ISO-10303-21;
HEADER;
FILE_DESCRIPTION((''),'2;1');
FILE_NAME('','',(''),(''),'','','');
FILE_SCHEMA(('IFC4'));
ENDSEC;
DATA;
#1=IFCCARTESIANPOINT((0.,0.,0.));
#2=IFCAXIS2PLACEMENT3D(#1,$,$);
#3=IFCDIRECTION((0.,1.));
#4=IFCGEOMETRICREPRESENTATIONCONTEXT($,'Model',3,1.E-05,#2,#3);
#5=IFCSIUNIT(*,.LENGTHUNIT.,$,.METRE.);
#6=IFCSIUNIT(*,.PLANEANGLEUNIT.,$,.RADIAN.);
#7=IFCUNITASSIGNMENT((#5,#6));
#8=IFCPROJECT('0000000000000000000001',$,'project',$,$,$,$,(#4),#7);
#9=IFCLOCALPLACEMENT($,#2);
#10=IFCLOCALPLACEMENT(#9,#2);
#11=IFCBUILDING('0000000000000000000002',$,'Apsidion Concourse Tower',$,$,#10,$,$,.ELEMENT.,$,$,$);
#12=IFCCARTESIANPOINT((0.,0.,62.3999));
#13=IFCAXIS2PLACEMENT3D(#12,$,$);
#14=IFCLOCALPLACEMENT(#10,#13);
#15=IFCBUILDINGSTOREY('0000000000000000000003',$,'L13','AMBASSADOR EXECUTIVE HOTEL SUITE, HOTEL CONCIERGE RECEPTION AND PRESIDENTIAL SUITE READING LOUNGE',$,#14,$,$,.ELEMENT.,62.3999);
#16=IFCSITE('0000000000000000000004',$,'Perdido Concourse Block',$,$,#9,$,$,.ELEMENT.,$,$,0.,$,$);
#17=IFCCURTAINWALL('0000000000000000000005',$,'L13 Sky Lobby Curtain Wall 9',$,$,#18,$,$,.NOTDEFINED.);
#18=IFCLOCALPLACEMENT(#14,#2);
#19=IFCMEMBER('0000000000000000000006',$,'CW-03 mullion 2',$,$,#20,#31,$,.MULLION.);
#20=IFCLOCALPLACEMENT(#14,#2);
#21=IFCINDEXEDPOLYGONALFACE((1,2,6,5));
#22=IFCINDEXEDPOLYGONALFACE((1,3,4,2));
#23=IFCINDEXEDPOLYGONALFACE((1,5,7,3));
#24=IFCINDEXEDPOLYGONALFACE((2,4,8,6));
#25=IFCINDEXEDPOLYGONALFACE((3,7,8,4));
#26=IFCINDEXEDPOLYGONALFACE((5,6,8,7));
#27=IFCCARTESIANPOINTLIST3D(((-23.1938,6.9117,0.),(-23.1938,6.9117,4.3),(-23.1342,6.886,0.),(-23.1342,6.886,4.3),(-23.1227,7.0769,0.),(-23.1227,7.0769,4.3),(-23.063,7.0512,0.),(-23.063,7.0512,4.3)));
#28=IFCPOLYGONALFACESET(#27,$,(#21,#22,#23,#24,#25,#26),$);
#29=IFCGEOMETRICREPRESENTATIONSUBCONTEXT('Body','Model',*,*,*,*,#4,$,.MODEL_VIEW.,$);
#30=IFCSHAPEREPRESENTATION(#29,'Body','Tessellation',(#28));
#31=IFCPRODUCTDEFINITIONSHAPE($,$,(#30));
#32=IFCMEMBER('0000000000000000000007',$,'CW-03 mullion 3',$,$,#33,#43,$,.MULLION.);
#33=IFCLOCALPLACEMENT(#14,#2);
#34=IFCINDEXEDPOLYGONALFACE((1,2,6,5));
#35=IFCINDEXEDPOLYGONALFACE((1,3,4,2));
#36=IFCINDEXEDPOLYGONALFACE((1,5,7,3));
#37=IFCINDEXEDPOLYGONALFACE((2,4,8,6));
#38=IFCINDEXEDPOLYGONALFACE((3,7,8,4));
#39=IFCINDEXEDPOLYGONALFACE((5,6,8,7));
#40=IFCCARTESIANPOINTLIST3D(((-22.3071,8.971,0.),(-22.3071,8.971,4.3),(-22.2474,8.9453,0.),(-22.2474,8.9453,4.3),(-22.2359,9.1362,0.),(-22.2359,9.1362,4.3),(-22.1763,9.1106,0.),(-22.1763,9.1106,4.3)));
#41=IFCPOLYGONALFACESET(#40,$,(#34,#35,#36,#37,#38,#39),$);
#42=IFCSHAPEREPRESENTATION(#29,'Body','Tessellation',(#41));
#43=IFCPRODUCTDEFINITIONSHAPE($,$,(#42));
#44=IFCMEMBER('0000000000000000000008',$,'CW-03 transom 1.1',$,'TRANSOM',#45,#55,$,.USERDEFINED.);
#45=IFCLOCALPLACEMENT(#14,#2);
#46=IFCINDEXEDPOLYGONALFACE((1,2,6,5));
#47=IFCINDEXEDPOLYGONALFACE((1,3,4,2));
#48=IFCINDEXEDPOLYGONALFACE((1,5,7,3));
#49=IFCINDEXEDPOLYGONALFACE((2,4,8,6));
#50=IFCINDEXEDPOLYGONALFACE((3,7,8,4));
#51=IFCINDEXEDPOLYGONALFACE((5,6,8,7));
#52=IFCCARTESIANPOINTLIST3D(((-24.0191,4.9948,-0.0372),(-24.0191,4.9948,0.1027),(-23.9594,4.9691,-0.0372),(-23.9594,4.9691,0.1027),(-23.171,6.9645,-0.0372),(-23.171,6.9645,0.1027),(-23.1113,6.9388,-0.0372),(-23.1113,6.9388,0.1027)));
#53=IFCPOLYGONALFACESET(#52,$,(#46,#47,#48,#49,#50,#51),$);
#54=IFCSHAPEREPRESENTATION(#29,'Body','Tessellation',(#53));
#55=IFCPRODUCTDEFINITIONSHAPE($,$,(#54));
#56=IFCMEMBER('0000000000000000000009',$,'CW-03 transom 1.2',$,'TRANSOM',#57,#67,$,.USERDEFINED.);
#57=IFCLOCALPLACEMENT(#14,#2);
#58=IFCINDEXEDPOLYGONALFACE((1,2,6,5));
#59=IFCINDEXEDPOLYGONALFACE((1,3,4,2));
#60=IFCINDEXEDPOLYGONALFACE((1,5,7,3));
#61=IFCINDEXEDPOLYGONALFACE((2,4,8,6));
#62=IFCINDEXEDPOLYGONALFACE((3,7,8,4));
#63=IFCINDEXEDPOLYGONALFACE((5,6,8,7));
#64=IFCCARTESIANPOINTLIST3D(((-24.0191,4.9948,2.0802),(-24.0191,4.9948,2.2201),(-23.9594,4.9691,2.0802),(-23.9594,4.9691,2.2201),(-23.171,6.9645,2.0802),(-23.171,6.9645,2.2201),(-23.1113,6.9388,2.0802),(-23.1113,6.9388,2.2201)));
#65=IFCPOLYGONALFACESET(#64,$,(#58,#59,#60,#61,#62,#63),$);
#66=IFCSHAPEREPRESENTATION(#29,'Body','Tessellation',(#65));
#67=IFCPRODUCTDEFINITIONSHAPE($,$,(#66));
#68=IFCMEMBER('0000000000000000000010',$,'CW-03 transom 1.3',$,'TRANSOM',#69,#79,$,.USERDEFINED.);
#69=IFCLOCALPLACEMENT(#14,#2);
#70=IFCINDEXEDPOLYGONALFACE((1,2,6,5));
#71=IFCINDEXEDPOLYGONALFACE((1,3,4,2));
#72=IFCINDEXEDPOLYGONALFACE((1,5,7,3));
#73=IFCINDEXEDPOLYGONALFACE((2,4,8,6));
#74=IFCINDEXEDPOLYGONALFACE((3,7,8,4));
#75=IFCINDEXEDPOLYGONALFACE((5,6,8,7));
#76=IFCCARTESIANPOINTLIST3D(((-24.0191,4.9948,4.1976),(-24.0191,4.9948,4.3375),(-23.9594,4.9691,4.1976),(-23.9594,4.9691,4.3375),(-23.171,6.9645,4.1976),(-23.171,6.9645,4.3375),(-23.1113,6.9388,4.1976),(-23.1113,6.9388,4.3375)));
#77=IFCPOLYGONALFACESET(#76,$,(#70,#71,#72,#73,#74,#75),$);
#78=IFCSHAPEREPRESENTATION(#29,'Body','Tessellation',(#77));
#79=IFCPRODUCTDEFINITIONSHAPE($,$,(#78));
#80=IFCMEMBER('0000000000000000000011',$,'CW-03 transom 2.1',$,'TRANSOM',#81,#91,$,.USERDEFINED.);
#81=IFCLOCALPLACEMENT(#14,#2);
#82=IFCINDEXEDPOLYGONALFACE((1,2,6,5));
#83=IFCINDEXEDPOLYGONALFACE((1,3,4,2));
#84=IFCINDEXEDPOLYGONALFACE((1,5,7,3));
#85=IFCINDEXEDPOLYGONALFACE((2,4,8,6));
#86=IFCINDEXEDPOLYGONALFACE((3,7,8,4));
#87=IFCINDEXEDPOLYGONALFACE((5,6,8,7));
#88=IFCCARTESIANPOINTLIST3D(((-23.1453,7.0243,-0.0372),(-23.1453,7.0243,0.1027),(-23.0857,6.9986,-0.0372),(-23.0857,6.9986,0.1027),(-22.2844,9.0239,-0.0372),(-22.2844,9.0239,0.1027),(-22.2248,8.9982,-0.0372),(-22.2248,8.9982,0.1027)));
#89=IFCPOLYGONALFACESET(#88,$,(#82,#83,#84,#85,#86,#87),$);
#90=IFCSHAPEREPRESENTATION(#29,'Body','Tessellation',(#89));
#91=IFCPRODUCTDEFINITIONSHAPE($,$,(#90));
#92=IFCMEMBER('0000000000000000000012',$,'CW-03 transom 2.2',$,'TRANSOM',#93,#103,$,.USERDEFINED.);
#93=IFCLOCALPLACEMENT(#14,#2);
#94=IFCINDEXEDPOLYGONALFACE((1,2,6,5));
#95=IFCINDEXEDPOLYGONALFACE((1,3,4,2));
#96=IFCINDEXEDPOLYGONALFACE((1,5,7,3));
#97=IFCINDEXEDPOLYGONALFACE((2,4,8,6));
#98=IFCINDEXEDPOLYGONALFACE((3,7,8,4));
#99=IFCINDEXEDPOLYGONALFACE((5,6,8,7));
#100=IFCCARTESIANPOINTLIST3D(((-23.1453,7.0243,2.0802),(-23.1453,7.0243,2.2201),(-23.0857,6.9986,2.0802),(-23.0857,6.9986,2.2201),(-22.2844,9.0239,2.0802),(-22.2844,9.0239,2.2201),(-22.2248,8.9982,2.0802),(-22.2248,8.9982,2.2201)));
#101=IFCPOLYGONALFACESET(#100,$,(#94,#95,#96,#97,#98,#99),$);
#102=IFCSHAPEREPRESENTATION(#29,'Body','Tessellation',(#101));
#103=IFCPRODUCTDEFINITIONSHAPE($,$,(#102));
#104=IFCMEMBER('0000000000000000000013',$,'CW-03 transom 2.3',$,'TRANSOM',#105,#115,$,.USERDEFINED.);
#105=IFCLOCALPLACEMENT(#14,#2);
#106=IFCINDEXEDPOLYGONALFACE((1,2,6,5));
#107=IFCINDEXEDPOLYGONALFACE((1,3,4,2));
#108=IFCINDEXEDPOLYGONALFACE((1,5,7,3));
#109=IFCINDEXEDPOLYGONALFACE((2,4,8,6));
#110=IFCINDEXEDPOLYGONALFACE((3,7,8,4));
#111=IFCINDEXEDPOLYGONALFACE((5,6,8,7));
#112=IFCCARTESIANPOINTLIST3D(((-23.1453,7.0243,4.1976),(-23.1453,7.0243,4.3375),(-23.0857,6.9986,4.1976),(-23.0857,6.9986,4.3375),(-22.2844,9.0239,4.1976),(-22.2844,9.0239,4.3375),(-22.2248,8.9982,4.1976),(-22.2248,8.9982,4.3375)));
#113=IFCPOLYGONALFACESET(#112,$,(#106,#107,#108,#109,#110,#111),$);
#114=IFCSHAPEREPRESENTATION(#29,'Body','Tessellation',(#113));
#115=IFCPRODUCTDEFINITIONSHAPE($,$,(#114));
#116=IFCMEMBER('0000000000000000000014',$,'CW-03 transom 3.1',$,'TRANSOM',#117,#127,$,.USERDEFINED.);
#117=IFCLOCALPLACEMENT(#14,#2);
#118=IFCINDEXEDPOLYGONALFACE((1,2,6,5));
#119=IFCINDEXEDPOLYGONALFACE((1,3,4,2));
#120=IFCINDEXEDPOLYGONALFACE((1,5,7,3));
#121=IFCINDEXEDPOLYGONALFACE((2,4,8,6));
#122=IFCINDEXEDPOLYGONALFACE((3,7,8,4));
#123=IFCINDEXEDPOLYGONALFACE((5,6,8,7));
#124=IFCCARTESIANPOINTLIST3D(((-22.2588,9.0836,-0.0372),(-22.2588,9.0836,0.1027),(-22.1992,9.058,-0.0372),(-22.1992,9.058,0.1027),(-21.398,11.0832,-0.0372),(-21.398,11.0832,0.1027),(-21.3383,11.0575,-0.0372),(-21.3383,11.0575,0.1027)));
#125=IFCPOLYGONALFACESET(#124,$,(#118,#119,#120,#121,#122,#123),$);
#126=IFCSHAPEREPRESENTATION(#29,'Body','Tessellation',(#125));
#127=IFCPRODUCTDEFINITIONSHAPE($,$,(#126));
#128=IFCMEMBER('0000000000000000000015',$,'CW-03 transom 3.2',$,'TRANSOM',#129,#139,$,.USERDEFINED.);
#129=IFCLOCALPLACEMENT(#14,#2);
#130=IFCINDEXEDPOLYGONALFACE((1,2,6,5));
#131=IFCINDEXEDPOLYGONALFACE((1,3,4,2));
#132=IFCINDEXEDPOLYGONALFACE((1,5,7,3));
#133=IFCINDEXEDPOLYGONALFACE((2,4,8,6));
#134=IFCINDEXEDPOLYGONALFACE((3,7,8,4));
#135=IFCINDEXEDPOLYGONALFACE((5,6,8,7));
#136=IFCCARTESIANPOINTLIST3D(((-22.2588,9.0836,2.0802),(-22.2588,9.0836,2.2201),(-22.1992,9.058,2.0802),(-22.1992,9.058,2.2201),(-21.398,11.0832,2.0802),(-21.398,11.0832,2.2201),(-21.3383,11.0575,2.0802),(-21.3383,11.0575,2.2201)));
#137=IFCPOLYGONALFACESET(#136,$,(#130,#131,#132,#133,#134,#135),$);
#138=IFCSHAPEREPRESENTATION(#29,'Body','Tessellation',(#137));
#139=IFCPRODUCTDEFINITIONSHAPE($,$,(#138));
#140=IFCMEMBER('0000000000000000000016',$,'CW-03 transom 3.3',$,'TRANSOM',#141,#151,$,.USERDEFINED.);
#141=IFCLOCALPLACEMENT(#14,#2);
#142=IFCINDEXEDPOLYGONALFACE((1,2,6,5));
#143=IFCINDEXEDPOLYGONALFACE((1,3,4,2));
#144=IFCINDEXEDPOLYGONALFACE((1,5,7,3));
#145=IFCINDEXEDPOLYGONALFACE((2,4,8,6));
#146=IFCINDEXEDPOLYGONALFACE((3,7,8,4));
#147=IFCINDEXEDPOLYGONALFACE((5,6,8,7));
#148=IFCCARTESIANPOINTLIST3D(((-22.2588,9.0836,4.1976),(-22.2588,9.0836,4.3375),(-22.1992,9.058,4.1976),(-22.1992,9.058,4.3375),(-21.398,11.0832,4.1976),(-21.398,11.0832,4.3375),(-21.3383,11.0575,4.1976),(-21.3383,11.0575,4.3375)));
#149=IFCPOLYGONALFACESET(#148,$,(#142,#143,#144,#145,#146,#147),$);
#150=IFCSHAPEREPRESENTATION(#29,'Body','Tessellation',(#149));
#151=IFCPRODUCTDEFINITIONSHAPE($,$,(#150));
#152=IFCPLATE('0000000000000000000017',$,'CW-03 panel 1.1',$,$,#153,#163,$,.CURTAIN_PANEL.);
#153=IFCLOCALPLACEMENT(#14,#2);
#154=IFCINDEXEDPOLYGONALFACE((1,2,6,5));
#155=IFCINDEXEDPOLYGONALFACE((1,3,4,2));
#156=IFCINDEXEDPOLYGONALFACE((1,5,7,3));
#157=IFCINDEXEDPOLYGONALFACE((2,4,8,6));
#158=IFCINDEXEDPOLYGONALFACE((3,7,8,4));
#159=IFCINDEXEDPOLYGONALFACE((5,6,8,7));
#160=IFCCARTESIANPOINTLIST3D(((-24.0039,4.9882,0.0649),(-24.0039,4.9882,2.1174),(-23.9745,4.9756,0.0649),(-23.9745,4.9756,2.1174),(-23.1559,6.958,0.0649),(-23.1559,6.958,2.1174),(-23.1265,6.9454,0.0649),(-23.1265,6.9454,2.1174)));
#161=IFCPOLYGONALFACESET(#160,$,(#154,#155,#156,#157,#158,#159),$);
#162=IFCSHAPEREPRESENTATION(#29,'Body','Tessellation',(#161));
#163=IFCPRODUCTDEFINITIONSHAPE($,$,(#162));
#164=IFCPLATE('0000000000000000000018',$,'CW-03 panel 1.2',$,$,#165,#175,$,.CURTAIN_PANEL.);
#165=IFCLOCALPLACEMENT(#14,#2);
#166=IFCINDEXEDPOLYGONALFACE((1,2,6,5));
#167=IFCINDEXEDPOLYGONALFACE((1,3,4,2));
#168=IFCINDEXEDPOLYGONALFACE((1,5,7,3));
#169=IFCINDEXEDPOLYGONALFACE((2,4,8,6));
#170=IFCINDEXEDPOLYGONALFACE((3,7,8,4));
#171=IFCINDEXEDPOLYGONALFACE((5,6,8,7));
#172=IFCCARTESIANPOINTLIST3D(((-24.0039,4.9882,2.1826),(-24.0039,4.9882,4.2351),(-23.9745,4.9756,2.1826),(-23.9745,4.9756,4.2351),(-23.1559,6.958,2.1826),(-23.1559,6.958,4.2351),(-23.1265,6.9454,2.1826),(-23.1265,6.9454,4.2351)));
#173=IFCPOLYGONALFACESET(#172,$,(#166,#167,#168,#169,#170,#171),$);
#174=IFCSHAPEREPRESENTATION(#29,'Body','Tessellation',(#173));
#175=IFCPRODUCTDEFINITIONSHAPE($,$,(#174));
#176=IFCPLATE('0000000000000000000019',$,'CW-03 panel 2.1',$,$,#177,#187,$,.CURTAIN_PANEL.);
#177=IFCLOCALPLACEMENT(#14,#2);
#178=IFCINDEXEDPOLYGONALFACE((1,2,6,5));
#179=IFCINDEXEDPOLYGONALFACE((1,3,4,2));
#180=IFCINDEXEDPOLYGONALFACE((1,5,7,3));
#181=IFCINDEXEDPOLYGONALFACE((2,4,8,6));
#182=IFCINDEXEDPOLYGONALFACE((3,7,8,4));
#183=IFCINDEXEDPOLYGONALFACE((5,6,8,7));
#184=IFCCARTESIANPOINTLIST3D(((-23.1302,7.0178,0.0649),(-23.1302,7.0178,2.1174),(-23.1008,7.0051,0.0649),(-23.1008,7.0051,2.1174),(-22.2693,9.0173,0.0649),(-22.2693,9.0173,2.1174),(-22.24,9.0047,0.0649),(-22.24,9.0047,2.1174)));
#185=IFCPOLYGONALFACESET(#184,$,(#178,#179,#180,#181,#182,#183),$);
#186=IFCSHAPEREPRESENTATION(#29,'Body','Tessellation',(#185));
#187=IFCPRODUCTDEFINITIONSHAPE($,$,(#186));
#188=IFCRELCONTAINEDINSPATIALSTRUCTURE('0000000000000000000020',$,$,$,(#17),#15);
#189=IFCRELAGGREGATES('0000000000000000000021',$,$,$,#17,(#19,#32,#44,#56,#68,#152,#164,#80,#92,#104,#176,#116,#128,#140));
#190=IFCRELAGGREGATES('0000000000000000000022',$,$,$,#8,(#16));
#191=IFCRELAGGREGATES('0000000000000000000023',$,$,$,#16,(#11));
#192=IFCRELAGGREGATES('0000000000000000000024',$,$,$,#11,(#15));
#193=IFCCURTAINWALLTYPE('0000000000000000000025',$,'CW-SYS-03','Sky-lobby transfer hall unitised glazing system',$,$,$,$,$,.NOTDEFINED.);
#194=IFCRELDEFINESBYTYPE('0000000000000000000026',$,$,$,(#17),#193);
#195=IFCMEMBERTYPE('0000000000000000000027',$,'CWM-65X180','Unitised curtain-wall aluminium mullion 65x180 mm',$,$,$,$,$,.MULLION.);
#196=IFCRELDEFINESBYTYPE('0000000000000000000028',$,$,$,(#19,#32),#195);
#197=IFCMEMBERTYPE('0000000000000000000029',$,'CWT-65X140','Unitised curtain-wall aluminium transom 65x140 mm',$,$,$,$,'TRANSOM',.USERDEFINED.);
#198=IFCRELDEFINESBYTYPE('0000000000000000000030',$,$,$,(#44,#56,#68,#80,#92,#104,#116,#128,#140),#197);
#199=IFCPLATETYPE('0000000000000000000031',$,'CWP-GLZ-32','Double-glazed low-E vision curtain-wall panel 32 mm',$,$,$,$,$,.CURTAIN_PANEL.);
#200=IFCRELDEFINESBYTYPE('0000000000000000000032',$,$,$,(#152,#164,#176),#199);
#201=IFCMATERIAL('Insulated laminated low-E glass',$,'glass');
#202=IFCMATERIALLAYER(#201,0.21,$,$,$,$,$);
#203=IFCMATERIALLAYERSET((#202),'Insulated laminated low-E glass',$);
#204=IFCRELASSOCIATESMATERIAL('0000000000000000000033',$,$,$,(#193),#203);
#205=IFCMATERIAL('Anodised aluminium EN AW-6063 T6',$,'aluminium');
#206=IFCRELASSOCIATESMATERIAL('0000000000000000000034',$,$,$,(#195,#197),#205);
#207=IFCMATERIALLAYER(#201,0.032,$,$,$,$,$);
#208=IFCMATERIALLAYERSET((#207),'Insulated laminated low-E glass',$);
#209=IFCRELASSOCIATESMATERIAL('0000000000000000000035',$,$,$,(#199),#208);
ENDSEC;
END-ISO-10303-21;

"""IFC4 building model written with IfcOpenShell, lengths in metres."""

from ifc_helpers import new_model, si_unit, direction, frame, origin, origin_2d, place, context, subcontext, project, spatial, rectangle, extrude, material, layer, layer_set, material_profile, profile_set, type_object, element, aggregate, save


model = new_model("IFC4")

# Units and contexts
model_context = context("Model", 3, precision=1e-05, world=origin(), true_north=direction((0.0, 1.0)))
body_context = subcontext(model_context, "Body", "Model", "MODEL_VIEW")
ifc_project = project(units=[si_unit("LENGTHUNIT", "METRE"), si_unit("PLANEANGLEUNIT", "RADIAN")], contexts=[model_context])

# Site, building, storey
site_placement = place(None, origin())
site = spatial("IfcSite", under=ifc_project, at=site_placement, Name="Perdido Concourse Block", CompositionType="ELEMENT", RefElevation=0.0)
building_placement = place(site_placement, origin())
building = spatial("IfcBuilding", under=site, at=building_placement, Name="Apsidion Concourse Tower", CompositionType="ELEMENT")
storey_placement = place(building_placement, frame((0.0, 0.0, 62.3999)))
storey = spatial("IfcBuildingStorey", under=building, at=storey_placement, Name="L13", Description="AMBASSADOR EXECUTIVE HOTEL SUITE, HOTEL CONCIERGE RECEPTION AND PRESIDENTIAL SUITE READING LOUNGE", CompositionType="ELEMENT", Elevation=62.3999)

# Curtain wall, members, plates
ifc_material_1 = material(Name="Insulated laminated low-E glass", Category="glass")
ifc_layer_1 = layer(ifc_material_1, 0.21)
ifc_layer_set_1 = layer_set([ifc_layer_1], Name="Insulated laminated low-E glass")
curtain_wall_type = type_object("IfcCurtainWallType", Name="CW-SYS-03", Description="Sky-lobby transfer hall unitised glazing system", PredefinedType="NOTDEFINED", material=ifc_layer_set_1)
curtain_wall_placement = place(storey_placement, origin())
curtain_wall = element("IfcCurtainWall", 1, at=curtain_wall_placement, inside=storey, type_object=curtain_wall_type, Name="L13 Sky Lobby Curtain Wall 9", PredefinedType="NOTDEFINED")
ifc_material_2 = material(Name="Anodised aluminium EN AW-6063 T6", Category="aluminium")
ifc_material_profile_1 = material_profile(ifc_material_2, rectangle(XDim=0.0649, YDim=0.1799, at=origin_2d()), Name="ALU MULLION 65x180")
ifc_profile_set_1 = profile_set([ifc_material_profile_1], Name="Anodised aluminium EN AW-6063 T6")
member_type_1 = type_object("IfcMemberType", Name="CWM-65X180", Description="Unitised curtain-wall aluminium mullion 65x180 mm", PredefinedType="MULLION", material=ifc_profile_set_1)
member_1_placement = place(storey_placement, frame((-23.1284, 6.9814, 0.0), z_axis=(0.0, 0.0, 1.0), x_axis=(-0.918501, 0.395419, 0.0)))
member_1 = element("IfcMember", 2, at=member_1_placement, type_object=member_type_1, Name="CW-03 mullion 2", PredefinedType="MULLION", context=body_context, shape_type="SweptSolid", body=[
    extrude(rectangle(XDim=0.0649, YDim=0.1799, at=origin_2d()), origin(), (0.0, 0.0, 1.0), 4.3),
])
member_2_placement = place(storey_placement, frame((-22.2417, 9.0408, 0.0), z_axis=(0.0, 0.0, 1.0), x_axis=(-0.918501, 0.395419, 0.0)))
member_2 = element("IfcMember", 3, at=member_2_placement, type_object=member_type_1, Name="CW-03 mullion 3", PredefinedType="MULLION", context=body_context, shape_type="SweptSolid", body=[
    extrude(rectangle(XDim=0.0649, YDim=0.1799, at=origin_2d()), origin(), (0.0, 0.0, 1.0), 4.3),
])
ifc_material_profile_2 = material_profile(ifc_material_2, rectangle(XDim=0.0649, YDim=0.1399, at=origin_2d()), Name="ALU TRANSOM 65x140")
ifc_profile_set_2 = profile_set([ifc_material_profile_2], Name="Anodised aluminium EN AW-6063 T6")
member_type_2 = type_object("IfcMemberType", Name="CWT-65X140", Description="Unitised curtain-wall aluminium transom 65x140 mm", ElementType="TRANSOM", PredefinedType="USERDEFINED", material=ifc_profile_set_2)
member_3_placement = place(storey_placement, frame((-23.9893, 4.9819, 0.0327), z_axis=(0.395485, 0.918472, 0.0), x_axis=(-0.918472, 0.395485, 0.0)))
member_3 = element("IfcMember", 4, at=member_3_placement, type_object=member_type_2, Name="CW-03 transom 1.1", ObjectType="TRANSOM", PredefinedType="USERDEFINED", context=body_context, shape_type="SweptSolid", body=[
    extrude(rectangle(XDim=0.0649, YDim=0.1399, at=origin_2d()), origin(), (0.0, 0.0, 1.0), 2.1445),
])
member_4_placement = place(storey_placement, frame((-23.9893, 4.9819, 2.1501), z_axis=(0.395485, 0.918472, 0.0), x_axis=(-0.918472, 0.395485, 0.0)))
member_4 = element("IfcMember", 5, at=member_4_placement, type_object=member_type_2, Name="CW-03 transom 1.2", ObjectType="TRANSOM", PredefinedType="USERDEFINED", context=body_context, shape_type="SweptSolid", body=[
    extrude(rectangle(XDim=0.0649, YDim=0.1399, at=origin_2d()), origin(), (0.0, 0.0, 1.0), 2.1445),
])
member_5_placement = place(storey_placement, frame((-23.9893, 4.9819, 4.2676), z_axis=(0.395485, 0.918472, 0.0), x_axis=(-0.918472, 0.395485, 0.0)))
member_5 = element("IfcMember", 6, at=member_5_placement, type_object=member_type_2, Name="CW-03 transom 1.3", ObjectType="TRANSOM", PredefinedType="USERDEFINED", context=body_context, shape_type="SweptSolid", body=[
    extrude(rectangle(XDim=0.0649, YDim=0.1399, at=origin_2d()), origin(), (0.0, 0.0, 1.0), 2.1445),
])
member_6_placement = place(storey_placement, frame((-23.1155, 7.0115, 0.0327), z_axis=(0.395435, 0.918494, 0.0), x_axis=(-0.918494, 0.395435, 0.0)))
member_6 = element("IfcMember", 7, at=member_6_placement, type_object=member_type_2, Name="CW-03 transom 2.1", ObjectType="TRANSOM", PredefinedType="USERDEFINED", context=body_context, shape_type="SweptSolid", body=[
    extrude(rectangle(XDim=0.0649, YDim=0.1399, at=origin_2d()), origin(), (0.0, 0.0, 1.0), 2.177),
])
member_7_placement = place(storey_placement, frame((-23.1155, 7.0115, 2.1501), z_axis=(0.395435, 0.918494, 0.0), x_axis=(-0.918494, 0.395435, 0.0)))
member_7 = element("IfcMember", 8, at=member_7_placement, type_object=member_type_2, Name="CW-03 transom 2.2", ObjectType="TRANSOM", PredefinedType="USERDEFINED", context=body_context, shape_type="SweptSolid", body=[
    extrude(rectangle(XDim=0.0649, YDim=0.1399, at=origin_2d()), origin(), (0.0, 0.0, 1.0), 2.177),
])
member_8_placement = place(storey_placement, frame((-23.1155, 7.0115, 4.2676), z_axis=(0.395435, 0.918494, 0.0), x_axis=(-0.918494, 0.395435, 0.0)))
member_8 = element("IfcMember", 9, at=member_8_placement, type_object=member_type_2, Name="CW-03 transom 2.3", ObjectType="TRANSOM", PredefinedType="USERDEFINED", context=body_context, shape_type="SweptSolid", body=[
    extrude(rectangle(XDim=0.0649, YDim=0.1399, at=origin_2d()), origin(), (0.0, 0.0, 1.0), 2.177),
])
member_9_placement = place(storey_placement, frame((-22.229, 9.0708, 0.0327), z_axis=(0.395435, 0.918494, 0.0), x_axis=(-0.918494, 0.395435, 0.0)))
member_9 = element("IfcMember", 10, at=member_9_placement, type_object=member_type_2, Name="CW-03 transom 3.1", ObjectType="TRANSOM", PredefinedType="USERDEFINED", context=body_context, shape_type="SweptSolid", body=[
    extrude(rectangle(XDim=0.0649, YDim=0.1399, at=origin_2d()), origin(), (0.0, 0.0, 1.0), 2.177),
])
member_10_placement = place(storey_placement, frame((-22.229, 9.0708, 2.1501), z_axis=(0.395435, 0.918494, 0.0), x_axis=(-0.918494, 0.395435, 0.0)))
member_10 = element("IfcMember", 11, at=member_10_placement, type_object=member_type_2, Name="CW-03 transom 3.2", ObjectType="TRANSOM", PredefinedType="USERDEFINED", context=body_context, shape_type="SweptSolid", body=[
    extrude(rectangle(XDim=0.0649, YDim=0.1399, at=origin_2d()), origin(), (0.0, 0.0, 1.0), 2.177),
])
member_11_placement = place(storey_placement, frame((-22.229, 9.0708, 4.2676), z_axis=(0.395435, 0.918494, 0.0), x_axis=(-0.918494, 0.395435, 0.0)))
member_11 = element("IfcMember", 12, at=member_11_placement, type_object=member_type_2, Name="CW-03 transom 3.3", ObjectType="TRANSOM", PredefinedType="USERDEFINED", context=body_context, shape_type="SweptSolid", body=[
    extrude(rectangle(XDim=0.0649, YDim=0.1399, at=origin_2d()), origin(), (0.0, 0.0, 1.0), 2.177),
])
ifc_layer_2 = layer(ifc_material_1, 0.032)
ifc_layer_set_2 = layer_set([ifc_layer_2], Name="Insulated laminated low-E glass")
plate_type = type_object("IfcPlateType", Name="CWP-GLZ-32", Description="Double-glazed low-E vision curtain-wall panel 32 mm", PredefinedType="CURTAIN_PANEL", material=ifc_layer_set_2)
plate_1_placement = place(storey_placement, frame((-23.5652, 5.9668, 0.0649), z_axis=(0.0, 0.0, 1.0), x_axis=(0.395419, 0.918501, 0.0)))
plate_1 = element("IfcPlate", 13, at=plate_1_placement, type_object=plate_type, Name="CW-03 panel 1.1", PredefinedType="CURTAIN_PANEL", context=body_context, shape_type="SweptSolid", body=[
    extrude(rectangle(XDim=2.1445, YDim=0.032, at=origin_2d()), origin(), (0.0, 0.0, 1.0), 2.0525),
])
plate_2_placement = place(storey_placement, frame((-23.5652, 5.9668, 2.1826), z_axis=(0.0, 0.0, 1.0), x_axis=(0.395419, 0.918501, 0.0)))
plate_2 = element("IfcPlate", 14, at=plate_2_placement, type_object=plate_type, Name="CW-03 panel 1.2", PredefinedType="CURTAIN_PANEL", context=body_context, shape_type="SweptSolid", body=[
    extrude(rectangle(XDim=2.1445, YDim=0.032, at=origin_2d()), origin(), (0.0, 0.0, 1.0), 2.0525),
])
plate_3_placement = place(storey_placement, frame((-22.6851, 8.0112, 0.0649), z_axis=(0.0, 0.0, 1.0), x_axis=(0.395419, 0.918501, 0.0)))
plate_3 = element("IfcPlate", 15, at=plate_3_placement, type_object=plate_type, Name="CW-03 panel 2.1", PredefinedType="CURTAIN_PANEL", context=body_context, shape_type="SweptSolid", body=[
    extrude(rectangle(XDim=2.177, YDim=0.032, at=origin_2d()), origin(), (0.0, 0.0, 1.0), 2.0525),
])
aggregate(curtain_wall, [member_1, member_2, member_3, member_4, member_5, plate_1, plate_2, member_6, member_7, member_8, plate_3, member_9, member_10, member_11])

save(model, "model.ifc")
